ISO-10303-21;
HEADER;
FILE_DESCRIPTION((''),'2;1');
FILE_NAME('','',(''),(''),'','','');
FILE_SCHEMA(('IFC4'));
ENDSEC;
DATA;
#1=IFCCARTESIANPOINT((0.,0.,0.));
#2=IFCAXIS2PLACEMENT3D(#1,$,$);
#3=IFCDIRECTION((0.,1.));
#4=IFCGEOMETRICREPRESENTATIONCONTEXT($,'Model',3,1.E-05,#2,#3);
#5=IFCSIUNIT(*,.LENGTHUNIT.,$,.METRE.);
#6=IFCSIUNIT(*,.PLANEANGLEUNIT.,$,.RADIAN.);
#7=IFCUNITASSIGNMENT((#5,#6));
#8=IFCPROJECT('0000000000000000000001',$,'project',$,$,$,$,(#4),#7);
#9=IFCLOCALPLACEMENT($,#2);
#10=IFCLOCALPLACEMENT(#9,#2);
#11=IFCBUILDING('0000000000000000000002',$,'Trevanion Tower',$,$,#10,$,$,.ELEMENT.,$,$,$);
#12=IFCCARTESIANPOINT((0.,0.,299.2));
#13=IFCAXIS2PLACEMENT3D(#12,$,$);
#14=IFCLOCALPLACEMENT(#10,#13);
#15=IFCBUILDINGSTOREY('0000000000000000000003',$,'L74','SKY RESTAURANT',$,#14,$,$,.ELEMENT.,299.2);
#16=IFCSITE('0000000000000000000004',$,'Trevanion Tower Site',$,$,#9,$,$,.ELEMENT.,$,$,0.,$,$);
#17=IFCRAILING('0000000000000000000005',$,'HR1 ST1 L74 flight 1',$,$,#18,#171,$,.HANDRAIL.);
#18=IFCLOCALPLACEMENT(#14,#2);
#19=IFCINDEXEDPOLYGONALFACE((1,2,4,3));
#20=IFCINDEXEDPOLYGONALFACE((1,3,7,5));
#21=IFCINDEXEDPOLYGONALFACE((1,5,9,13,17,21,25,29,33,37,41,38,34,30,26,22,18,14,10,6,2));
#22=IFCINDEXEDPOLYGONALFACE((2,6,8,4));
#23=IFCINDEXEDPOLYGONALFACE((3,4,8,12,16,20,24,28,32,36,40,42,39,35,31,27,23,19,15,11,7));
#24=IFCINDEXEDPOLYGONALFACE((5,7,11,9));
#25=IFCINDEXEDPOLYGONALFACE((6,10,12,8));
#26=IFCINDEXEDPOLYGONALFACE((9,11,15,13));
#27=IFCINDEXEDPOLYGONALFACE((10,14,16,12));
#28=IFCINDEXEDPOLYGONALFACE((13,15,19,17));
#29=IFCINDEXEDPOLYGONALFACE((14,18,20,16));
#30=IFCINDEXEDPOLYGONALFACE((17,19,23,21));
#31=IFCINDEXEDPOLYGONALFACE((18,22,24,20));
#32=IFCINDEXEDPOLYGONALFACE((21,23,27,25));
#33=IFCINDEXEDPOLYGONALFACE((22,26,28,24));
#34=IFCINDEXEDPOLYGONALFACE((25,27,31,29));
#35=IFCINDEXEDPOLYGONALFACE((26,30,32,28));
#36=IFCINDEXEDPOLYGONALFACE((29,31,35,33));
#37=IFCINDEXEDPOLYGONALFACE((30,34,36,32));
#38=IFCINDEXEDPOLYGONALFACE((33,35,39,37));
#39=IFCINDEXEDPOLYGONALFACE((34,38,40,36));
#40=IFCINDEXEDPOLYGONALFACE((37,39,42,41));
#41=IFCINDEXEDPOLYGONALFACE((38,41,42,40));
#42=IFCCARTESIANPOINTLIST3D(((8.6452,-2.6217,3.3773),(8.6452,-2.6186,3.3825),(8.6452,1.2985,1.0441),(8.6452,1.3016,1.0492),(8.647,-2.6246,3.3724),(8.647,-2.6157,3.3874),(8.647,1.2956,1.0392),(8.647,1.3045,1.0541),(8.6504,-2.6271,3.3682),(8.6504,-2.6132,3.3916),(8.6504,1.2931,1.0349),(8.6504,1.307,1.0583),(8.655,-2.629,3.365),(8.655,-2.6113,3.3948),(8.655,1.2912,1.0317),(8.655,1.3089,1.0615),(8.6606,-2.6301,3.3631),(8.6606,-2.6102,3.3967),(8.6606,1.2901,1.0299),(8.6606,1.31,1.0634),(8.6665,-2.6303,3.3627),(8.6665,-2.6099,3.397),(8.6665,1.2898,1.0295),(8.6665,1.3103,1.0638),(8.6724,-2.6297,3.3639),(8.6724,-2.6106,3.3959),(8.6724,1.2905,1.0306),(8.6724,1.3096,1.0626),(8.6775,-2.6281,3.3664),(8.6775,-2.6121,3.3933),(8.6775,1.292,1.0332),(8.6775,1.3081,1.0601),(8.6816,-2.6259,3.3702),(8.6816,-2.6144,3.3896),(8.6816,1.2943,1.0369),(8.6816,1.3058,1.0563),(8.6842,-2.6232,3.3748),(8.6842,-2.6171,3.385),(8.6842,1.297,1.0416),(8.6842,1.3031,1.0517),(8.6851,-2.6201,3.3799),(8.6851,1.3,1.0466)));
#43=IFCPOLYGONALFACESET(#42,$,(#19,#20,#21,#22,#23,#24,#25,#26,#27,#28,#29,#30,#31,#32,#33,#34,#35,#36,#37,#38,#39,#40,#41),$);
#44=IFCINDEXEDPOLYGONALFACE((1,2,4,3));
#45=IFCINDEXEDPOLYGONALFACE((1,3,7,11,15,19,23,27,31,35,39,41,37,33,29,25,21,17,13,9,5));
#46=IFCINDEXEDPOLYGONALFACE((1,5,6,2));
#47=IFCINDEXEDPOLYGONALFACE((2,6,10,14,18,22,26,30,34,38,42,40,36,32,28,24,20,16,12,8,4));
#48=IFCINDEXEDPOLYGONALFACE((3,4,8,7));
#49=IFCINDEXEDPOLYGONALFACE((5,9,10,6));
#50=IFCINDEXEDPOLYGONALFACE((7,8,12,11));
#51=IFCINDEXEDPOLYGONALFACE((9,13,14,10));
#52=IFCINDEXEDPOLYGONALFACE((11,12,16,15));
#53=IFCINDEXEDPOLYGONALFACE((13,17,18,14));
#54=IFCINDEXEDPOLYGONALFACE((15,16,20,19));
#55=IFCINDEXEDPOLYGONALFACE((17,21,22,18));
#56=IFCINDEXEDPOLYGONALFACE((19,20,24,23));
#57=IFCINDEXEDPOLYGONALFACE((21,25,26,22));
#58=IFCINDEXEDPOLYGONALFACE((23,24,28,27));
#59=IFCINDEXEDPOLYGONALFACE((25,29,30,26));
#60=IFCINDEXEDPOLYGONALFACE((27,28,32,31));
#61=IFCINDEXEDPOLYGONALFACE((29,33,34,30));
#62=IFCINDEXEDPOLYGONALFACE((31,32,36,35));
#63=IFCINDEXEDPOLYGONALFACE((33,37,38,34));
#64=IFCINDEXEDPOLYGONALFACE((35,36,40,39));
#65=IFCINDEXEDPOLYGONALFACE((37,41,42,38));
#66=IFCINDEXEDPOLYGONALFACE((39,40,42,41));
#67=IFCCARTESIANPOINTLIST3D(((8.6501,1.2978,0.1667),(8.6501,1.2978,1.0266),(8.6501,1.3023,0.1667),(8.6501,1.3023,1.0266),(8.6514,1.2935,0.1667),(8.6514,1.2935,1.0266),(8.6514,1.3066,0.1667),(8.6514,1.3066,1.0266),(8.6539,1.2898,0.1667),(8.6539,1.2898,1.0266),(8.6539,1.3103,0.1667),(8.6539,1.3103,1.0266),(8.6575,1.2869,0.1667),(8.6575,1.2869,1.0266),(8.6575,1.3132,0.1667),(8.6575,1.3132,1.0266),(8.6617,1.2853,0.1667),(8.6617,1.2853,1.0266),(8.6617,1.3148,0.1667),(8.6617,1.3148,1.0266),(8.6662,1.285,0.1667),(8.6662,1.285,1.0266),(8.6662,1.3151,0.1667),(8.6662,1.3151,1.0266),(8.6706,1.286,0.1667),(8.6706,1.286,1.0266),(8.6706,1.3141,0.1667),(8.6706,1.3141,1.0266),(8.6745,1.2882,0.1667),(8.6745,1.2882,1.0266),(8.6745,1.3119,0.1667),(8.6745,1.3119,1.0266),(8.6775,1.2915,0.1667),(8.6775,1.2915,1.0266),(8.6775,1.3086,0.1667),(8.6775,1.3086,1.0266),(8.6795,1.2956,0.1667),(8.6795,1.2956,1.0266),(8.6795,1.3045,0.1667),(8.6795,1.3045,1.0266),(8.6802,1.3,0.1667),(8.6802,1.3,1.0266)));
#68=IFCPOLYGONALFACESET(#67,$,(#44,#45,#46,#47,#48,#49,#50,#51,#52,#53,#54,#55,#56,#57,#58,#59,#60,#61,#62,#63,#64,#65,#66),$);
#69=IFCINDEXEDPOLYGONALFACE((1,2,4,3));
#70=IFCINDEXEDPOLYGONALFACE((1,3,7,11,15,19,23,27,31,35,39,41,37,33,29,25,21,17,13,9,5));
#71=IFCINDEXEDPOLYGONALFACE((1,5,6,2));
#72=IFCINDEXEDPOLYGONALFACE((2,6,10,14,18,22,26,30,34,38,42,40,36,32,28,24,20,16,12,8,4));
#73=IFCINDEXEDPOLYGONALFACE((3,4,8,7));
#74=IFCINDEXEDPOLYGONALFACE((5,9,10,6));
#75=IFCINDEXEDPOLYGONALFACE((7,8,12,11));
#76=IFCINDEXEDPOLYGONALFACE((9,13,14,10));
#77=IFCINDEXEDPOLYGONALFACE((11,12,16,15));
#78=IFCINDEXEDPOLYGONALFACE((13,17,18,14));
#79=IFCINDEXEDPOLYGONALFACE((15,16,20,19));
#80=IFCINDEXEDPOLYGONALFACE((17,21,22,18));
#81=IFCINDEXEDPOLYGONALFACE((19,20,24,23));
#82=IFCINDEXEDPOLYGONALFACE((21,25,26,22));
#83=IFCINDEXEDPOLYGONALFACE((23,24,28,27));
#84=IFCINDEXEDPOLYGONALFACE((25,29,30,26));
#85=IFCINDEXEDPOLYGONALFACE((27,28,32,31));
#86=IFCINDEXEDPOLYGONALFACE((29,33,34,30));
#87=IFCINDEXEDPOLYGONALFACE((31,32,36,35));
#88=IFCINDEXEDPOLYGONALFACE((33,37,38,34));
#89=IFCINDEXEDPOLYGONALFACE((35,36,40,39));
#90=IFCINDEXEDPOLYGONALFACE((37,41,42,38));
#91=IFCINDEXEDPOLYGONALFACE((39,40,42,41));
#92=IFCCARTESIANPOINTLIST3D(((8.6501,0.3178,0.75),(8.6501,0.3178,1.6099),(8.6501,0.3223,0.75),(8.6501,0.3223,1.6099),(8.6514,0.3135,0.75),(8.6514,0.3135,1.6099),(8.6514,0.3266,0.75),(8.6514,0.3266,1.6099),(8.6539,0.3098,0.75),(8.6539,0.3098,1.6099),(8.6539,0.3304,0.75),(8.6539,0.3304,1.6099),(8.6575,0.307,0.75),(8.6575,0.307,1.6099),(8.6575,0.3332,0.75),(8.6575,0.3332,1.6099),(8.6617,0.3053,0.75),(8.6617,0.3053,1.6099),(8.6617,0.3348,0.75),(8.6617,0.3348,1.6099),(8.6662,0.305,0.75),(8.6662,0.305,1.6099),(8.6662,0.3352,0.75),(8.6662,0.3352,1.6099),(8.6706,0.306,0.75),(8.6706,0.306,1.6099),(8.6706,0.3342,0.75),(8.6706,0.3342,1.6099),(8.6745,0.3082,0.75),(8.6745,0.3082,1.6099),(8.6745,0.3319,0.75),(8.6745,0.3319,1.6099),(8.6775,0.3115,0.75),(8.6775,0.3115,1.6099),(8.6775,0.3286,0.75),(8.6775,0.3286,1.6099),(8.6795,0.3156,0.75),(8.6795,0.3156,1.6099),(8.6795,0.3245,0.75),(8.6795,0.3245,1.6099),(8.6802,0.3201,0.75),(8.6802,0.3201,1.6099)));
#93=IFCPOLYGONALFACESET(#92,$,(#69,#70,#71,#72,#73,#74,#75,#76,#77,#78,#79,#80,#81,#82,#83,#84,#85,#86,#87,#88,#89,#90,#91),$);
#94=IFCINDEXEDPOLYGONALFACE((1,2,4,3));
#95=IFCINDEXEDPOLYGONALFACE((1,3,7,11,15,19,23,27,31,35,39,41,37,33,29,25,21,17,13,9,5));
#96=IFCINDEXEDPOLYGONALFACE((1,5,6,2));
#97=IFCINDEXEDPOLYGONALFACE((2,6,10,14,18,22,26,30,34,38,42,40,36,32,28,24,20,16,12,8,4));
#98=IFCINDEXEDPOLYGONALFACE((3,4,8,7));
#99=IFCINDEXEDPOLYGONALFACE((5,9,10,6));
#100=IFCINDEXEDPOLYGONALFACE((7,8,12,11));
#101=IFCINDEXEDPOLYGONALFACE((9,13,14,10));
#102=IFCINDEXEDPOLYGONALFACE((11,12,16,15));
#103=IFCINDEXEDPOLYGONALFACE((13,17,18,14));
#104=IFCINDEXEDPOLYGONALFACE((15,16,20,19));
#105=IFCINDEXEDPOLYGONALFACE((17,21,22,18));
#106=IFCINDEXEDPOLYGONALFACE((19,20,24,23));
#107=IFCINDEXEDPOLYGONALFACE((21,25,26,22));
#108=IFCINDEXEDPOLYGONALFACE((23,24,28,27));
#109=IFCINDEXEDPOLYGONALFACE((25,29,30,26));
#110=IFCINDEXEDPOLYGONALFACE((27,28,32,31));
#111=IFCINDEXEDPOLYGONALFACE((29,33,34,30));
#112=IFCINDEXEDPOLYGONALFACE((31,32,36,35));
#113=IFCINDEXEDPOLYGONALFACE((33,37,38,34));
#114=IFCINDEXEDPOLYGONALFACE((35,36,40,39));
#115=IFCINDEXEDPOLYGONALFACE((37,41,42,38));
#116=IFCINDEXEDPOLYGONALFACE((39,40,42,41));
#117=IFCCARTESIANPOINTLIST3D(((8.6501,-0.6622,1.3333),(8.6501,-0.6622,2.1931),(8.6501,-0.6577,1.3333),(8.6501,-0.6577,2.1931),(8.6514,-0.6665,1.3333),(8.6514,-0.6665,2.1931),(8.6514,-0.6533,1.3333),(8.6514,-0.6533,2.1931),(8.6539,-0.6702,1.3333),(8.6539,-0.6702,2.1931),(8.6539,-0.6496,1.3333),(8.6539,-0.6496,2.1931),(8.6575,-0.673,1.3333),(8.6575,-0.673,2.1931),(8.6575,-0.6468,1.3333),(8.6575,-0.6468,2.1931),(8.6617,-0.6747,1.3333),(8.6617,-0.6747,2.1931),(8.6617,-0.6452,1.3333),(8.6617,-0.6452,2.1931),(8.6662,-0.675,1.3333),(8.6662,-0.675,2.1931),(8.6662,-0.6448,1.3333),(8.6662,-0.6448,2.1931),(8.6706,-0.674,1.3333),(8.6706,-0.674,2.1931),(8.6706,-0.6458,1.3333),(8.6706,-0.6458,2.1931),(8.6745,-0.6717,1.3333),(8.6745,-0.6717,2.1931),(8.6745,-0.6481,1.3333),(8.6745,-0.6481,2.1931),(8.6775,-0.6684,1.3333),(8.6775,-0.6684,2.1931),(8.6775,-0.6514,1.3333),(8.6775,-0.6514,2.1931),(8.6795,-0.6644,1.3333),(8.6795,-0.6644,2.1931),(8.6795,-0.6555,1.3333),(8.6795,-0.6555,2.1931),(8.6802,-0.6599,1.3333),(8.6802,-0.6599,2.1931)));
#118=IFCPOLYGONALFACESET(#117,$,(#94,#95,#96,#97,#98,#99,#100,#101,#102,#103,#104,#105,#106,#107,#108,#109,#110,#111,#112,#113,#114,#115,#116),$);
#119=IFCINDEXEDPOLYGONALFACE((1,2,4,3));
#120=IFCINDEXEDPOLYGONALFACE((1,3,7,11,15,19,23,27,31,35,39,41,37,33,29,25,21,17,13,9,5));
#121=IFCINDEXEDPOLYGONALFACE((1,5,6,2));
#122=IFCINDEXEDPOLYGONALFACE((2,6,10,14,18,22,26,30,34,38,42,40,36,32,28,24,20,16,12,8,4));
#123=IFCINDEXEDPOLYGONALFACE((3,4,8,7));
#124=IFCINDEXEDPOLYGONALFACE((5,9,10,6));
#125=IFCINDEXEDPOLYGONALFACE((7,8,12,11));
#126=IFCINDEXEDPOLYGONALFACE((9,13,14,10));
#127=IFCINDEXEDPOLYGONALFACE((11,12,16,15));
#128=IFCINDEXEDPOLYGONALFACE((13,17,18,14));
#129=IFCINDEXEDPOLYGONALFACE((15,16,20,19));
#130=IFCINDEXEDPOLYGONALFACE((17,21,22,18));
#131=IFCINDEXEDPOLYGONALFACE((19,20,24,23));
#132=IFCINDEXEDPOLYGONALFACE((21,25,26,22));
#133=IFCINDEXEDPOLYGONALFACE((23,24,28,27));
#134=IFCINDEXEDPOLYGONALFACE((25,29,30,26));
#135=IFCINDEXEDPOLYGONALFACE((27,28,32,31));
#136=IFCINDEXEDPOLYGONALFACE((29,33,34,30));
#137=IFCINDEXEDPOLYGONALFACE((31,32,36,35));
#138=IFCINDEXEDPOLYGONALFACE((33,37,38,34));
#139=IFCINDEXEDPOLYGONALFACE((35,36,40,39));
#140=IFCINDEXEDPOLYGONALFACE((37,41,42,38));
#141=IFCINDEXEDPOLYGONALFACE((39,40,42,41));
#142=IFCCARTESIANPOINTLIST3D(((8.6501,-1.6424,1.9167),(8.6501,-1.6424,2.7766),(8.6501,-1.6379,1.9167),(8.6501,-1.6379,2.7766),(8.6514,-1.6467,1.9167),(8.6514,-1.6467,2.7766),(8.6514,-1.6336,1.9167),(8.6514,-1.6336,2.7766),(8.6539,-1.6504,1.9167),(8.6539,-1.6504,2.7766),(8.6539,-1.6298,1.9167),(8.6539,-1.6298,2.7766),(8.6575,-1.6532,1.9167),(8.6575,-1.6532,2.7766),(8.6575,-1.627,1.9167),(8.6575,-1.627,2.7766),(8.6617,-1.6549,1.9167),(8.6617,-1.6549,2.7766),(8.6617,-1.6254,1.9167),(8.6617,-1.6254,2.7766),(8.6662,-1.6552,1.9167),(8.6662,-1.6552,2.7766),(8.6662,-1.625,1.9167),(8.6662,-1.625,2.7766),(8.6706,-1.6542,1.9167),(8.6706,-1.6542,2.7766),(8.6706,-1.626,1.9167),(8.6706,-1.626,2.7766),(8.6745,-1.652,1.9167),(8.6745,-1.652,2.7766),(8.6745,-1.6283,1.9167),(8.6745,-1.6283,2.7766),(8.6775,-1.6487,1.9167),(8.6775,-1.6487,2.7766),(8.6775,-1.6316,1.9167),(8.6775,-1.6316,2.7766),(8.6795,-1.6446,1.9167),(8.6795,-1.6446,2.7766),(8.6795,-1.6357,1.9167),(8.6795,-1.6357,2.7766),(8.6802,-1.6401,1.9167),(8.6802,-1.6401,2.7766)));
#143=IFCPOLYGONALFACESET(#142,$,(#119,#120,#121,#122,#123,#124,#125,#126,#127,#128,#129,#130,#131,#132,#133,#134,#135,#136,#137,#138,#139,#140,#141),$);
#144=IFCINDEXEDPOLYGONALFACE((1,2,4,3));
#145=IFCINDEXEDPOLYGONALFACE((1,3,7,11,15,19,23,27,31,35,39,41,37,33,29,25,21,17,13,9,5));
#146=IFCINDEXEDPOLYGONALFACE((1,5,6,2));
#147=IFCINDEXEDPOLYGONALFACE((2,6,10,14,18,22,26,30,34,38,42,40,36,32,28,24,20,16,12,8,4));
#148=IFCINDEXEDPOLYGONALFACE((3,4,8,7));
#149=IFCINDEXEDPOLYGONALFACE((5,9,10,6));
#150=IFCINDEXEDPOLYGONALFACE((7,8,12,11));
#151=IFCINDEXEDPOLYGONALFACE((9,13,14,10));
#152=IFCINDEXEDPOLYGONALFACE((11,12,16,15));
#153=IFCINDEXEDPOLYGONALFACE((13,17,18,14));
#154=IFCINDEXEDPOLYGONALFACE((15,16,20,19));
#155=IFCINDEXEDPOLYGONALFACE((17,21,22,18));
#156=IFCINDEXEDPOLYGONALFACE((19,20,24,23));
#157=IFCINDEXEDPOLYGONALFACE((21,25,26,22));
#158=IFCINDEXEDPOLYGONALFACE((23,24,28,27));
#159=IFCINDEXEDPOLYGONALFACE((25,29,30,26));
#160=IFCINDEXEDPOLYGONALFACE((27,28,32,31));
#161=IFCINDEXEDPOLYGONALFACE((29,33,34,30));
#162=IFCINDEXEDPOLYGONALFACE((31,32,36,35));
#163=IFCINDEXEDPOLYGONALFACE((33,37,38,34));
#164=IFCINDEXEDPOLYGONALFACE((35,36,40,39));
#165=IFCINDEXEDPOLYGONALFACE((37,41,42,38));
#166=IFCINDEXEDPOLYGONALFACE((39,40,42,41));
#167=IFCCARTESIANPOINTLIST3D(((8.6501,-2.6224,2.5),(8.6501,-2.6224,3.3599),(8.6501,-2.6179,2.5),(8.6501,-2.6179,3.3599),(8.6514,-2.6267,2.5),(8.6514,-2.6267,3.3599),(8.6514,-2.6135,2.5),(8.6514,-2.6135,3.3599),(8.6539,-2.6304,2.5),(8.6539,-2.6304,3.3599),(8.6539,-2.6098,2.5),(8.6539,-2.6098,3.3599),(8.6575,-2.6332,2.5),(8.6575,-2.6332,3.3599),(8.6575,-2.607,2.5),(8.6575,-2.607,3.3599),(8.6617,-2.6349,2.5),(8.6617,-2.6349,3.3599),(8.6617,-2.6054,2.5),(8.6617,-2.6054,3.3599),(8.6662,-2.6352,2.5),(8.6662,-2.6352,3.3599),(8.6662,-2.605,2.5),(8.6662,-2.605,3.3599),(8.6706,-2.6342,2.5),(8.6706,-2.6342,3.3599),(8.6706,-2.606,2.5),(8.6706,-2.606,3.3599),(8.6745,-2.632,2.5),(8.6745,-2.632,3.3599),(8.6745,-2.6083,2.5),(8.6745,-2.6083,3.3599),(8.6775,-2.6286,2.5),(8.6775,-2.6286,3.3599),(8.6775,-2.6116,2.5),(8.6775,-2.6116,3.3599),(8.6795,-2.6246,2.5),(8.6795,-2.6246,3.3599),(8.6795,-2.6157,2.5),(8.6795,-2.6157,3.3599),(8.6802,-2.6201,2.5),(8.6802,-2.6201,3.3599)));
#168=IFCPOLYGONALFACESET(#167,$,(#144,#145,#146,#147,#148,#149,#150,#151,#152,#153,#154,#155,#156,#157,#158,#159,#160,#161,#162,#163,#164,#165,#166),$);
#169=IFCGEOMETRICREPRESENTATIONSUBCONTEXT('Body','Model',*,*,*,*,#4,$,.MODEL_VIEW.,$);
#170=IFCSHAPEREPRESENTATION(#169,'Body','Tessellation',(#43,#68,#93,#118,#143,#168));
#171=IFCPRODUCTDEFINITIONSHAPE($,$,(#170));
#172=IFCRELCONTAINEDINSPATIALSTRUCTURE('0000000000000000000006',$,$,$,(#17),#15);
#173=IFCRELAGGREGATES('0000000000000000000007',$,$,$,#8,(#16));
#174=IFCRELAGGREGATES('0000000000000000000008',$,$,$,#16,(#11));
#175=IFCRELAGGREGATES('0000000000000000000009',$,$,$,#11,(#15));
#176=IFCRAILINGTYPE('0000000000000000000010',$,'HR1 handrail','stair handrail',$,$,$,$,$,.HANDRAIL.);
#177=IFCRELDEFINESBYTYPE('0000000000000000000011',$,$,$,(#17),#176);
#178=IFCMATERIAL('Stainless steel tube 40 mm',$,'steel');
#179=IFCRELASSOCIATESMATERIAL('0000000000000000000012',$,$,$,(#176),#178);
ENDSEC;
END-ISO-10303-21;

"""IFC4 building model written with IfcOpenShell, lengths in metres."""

from ifc_helpers import new_model, si_unit, direction, frame, origin, origin_2d, place, context, subcontext, project, spatial, circle, extrude, material, type_object, element, save


model = new_model("IFC4")

# Units and contexts
model_context = context("Model", 3, precision=1e-05, world=origin(), true_north=direction((0.0, 1.0)))
body_context = subcontext(model_context, "Body", "Model", "MODEL_VIEW")
ifc_project = project(units=[si_unit("LENGTHUNIT", "METRE"), si_unit("PLANEANGLEUNIT", "RADIAN")], contexts=[model_context])

# Site, building, storey
site_placement = place(None, origin())
site = spatial("IfcSite", under=ifc_project, at=site_placement, Name="Trevanion Tower Site", CompositionType="ELEMENT", RefElevation=0.0)
building_placement = place(site_placement, origin())
building = spatial("IfcBuilding", under=site, at=building_placement, Name="Trevanion Tower", CompositionType="ELEMENT")
storey_placement = place(building_placement, frame((0.0, 0.0, 299.2)))
storey = spatial("IfcBuildingStorey", under=building, at=storey_placement, Name="L74", Description="SKY RESTAURANT", CompositionType="ELEMENT", Elevation=299.2)

# Railing
ifc_material_1 = material(Name="Stainless steel tube 40 mm", Category="steel")
railing_type = type_object("IfcRailingType", Name="HR1 handrail", Description="stair handrail", PredefinedType="HANDRAIL", material=ifc_material_1)
for number, where, name in (
    (1, (8.665, 1.3, 0.1667), "HR1 ST1 L74 flight 1"),
):
    element("IfcRailing", number, at=place(storey_placement, frame(where)), inside=storey, type_object=railing_type, Name=name, PredefinedType="HANDRAIL", context=body_context, shape_type="SweptSolid", body=[
        extrude(circle(Radius=0.02, at=origin_2d()), frame((0.0, 0.0, 0.8799), z_axis=(0.0, -0.85931, 0.511455), x_axis=(1.0, 0.0, 0.0)), (0.0, 0.0, 1.0), 4.562),
        extrude(circle(Radius=0.0151, at=origin_2d()), origin(), (0.0, 0.0, 1.0), 0.8599),
        extrude(circle(Radius=0.0151, at=origin_2d()), frame((0.0, -0.98, 0.5833)), (0.0, 0.0, 1.0), 0.8599),
        extrude(circle(Radius=0.0151, at=origin_2d()), frame((0.0, -1.96, 1.1665)), (0.0, 0.0, 1.0), 0.8599),
        extrude(circle(Radius=0.0151, at=origin_2d()), frame((0.0, -2.9402, 1.75)), (0.0, 0.0, 1.0), 0.8599),
        extrude(circle(Radius=0.0151, at=origin_2d()), frame((0.0, -3.9202, 2.3333)), (0.0, 0.0, 1.0), 0.8599),
    ])

save(model, "model.ifc")
